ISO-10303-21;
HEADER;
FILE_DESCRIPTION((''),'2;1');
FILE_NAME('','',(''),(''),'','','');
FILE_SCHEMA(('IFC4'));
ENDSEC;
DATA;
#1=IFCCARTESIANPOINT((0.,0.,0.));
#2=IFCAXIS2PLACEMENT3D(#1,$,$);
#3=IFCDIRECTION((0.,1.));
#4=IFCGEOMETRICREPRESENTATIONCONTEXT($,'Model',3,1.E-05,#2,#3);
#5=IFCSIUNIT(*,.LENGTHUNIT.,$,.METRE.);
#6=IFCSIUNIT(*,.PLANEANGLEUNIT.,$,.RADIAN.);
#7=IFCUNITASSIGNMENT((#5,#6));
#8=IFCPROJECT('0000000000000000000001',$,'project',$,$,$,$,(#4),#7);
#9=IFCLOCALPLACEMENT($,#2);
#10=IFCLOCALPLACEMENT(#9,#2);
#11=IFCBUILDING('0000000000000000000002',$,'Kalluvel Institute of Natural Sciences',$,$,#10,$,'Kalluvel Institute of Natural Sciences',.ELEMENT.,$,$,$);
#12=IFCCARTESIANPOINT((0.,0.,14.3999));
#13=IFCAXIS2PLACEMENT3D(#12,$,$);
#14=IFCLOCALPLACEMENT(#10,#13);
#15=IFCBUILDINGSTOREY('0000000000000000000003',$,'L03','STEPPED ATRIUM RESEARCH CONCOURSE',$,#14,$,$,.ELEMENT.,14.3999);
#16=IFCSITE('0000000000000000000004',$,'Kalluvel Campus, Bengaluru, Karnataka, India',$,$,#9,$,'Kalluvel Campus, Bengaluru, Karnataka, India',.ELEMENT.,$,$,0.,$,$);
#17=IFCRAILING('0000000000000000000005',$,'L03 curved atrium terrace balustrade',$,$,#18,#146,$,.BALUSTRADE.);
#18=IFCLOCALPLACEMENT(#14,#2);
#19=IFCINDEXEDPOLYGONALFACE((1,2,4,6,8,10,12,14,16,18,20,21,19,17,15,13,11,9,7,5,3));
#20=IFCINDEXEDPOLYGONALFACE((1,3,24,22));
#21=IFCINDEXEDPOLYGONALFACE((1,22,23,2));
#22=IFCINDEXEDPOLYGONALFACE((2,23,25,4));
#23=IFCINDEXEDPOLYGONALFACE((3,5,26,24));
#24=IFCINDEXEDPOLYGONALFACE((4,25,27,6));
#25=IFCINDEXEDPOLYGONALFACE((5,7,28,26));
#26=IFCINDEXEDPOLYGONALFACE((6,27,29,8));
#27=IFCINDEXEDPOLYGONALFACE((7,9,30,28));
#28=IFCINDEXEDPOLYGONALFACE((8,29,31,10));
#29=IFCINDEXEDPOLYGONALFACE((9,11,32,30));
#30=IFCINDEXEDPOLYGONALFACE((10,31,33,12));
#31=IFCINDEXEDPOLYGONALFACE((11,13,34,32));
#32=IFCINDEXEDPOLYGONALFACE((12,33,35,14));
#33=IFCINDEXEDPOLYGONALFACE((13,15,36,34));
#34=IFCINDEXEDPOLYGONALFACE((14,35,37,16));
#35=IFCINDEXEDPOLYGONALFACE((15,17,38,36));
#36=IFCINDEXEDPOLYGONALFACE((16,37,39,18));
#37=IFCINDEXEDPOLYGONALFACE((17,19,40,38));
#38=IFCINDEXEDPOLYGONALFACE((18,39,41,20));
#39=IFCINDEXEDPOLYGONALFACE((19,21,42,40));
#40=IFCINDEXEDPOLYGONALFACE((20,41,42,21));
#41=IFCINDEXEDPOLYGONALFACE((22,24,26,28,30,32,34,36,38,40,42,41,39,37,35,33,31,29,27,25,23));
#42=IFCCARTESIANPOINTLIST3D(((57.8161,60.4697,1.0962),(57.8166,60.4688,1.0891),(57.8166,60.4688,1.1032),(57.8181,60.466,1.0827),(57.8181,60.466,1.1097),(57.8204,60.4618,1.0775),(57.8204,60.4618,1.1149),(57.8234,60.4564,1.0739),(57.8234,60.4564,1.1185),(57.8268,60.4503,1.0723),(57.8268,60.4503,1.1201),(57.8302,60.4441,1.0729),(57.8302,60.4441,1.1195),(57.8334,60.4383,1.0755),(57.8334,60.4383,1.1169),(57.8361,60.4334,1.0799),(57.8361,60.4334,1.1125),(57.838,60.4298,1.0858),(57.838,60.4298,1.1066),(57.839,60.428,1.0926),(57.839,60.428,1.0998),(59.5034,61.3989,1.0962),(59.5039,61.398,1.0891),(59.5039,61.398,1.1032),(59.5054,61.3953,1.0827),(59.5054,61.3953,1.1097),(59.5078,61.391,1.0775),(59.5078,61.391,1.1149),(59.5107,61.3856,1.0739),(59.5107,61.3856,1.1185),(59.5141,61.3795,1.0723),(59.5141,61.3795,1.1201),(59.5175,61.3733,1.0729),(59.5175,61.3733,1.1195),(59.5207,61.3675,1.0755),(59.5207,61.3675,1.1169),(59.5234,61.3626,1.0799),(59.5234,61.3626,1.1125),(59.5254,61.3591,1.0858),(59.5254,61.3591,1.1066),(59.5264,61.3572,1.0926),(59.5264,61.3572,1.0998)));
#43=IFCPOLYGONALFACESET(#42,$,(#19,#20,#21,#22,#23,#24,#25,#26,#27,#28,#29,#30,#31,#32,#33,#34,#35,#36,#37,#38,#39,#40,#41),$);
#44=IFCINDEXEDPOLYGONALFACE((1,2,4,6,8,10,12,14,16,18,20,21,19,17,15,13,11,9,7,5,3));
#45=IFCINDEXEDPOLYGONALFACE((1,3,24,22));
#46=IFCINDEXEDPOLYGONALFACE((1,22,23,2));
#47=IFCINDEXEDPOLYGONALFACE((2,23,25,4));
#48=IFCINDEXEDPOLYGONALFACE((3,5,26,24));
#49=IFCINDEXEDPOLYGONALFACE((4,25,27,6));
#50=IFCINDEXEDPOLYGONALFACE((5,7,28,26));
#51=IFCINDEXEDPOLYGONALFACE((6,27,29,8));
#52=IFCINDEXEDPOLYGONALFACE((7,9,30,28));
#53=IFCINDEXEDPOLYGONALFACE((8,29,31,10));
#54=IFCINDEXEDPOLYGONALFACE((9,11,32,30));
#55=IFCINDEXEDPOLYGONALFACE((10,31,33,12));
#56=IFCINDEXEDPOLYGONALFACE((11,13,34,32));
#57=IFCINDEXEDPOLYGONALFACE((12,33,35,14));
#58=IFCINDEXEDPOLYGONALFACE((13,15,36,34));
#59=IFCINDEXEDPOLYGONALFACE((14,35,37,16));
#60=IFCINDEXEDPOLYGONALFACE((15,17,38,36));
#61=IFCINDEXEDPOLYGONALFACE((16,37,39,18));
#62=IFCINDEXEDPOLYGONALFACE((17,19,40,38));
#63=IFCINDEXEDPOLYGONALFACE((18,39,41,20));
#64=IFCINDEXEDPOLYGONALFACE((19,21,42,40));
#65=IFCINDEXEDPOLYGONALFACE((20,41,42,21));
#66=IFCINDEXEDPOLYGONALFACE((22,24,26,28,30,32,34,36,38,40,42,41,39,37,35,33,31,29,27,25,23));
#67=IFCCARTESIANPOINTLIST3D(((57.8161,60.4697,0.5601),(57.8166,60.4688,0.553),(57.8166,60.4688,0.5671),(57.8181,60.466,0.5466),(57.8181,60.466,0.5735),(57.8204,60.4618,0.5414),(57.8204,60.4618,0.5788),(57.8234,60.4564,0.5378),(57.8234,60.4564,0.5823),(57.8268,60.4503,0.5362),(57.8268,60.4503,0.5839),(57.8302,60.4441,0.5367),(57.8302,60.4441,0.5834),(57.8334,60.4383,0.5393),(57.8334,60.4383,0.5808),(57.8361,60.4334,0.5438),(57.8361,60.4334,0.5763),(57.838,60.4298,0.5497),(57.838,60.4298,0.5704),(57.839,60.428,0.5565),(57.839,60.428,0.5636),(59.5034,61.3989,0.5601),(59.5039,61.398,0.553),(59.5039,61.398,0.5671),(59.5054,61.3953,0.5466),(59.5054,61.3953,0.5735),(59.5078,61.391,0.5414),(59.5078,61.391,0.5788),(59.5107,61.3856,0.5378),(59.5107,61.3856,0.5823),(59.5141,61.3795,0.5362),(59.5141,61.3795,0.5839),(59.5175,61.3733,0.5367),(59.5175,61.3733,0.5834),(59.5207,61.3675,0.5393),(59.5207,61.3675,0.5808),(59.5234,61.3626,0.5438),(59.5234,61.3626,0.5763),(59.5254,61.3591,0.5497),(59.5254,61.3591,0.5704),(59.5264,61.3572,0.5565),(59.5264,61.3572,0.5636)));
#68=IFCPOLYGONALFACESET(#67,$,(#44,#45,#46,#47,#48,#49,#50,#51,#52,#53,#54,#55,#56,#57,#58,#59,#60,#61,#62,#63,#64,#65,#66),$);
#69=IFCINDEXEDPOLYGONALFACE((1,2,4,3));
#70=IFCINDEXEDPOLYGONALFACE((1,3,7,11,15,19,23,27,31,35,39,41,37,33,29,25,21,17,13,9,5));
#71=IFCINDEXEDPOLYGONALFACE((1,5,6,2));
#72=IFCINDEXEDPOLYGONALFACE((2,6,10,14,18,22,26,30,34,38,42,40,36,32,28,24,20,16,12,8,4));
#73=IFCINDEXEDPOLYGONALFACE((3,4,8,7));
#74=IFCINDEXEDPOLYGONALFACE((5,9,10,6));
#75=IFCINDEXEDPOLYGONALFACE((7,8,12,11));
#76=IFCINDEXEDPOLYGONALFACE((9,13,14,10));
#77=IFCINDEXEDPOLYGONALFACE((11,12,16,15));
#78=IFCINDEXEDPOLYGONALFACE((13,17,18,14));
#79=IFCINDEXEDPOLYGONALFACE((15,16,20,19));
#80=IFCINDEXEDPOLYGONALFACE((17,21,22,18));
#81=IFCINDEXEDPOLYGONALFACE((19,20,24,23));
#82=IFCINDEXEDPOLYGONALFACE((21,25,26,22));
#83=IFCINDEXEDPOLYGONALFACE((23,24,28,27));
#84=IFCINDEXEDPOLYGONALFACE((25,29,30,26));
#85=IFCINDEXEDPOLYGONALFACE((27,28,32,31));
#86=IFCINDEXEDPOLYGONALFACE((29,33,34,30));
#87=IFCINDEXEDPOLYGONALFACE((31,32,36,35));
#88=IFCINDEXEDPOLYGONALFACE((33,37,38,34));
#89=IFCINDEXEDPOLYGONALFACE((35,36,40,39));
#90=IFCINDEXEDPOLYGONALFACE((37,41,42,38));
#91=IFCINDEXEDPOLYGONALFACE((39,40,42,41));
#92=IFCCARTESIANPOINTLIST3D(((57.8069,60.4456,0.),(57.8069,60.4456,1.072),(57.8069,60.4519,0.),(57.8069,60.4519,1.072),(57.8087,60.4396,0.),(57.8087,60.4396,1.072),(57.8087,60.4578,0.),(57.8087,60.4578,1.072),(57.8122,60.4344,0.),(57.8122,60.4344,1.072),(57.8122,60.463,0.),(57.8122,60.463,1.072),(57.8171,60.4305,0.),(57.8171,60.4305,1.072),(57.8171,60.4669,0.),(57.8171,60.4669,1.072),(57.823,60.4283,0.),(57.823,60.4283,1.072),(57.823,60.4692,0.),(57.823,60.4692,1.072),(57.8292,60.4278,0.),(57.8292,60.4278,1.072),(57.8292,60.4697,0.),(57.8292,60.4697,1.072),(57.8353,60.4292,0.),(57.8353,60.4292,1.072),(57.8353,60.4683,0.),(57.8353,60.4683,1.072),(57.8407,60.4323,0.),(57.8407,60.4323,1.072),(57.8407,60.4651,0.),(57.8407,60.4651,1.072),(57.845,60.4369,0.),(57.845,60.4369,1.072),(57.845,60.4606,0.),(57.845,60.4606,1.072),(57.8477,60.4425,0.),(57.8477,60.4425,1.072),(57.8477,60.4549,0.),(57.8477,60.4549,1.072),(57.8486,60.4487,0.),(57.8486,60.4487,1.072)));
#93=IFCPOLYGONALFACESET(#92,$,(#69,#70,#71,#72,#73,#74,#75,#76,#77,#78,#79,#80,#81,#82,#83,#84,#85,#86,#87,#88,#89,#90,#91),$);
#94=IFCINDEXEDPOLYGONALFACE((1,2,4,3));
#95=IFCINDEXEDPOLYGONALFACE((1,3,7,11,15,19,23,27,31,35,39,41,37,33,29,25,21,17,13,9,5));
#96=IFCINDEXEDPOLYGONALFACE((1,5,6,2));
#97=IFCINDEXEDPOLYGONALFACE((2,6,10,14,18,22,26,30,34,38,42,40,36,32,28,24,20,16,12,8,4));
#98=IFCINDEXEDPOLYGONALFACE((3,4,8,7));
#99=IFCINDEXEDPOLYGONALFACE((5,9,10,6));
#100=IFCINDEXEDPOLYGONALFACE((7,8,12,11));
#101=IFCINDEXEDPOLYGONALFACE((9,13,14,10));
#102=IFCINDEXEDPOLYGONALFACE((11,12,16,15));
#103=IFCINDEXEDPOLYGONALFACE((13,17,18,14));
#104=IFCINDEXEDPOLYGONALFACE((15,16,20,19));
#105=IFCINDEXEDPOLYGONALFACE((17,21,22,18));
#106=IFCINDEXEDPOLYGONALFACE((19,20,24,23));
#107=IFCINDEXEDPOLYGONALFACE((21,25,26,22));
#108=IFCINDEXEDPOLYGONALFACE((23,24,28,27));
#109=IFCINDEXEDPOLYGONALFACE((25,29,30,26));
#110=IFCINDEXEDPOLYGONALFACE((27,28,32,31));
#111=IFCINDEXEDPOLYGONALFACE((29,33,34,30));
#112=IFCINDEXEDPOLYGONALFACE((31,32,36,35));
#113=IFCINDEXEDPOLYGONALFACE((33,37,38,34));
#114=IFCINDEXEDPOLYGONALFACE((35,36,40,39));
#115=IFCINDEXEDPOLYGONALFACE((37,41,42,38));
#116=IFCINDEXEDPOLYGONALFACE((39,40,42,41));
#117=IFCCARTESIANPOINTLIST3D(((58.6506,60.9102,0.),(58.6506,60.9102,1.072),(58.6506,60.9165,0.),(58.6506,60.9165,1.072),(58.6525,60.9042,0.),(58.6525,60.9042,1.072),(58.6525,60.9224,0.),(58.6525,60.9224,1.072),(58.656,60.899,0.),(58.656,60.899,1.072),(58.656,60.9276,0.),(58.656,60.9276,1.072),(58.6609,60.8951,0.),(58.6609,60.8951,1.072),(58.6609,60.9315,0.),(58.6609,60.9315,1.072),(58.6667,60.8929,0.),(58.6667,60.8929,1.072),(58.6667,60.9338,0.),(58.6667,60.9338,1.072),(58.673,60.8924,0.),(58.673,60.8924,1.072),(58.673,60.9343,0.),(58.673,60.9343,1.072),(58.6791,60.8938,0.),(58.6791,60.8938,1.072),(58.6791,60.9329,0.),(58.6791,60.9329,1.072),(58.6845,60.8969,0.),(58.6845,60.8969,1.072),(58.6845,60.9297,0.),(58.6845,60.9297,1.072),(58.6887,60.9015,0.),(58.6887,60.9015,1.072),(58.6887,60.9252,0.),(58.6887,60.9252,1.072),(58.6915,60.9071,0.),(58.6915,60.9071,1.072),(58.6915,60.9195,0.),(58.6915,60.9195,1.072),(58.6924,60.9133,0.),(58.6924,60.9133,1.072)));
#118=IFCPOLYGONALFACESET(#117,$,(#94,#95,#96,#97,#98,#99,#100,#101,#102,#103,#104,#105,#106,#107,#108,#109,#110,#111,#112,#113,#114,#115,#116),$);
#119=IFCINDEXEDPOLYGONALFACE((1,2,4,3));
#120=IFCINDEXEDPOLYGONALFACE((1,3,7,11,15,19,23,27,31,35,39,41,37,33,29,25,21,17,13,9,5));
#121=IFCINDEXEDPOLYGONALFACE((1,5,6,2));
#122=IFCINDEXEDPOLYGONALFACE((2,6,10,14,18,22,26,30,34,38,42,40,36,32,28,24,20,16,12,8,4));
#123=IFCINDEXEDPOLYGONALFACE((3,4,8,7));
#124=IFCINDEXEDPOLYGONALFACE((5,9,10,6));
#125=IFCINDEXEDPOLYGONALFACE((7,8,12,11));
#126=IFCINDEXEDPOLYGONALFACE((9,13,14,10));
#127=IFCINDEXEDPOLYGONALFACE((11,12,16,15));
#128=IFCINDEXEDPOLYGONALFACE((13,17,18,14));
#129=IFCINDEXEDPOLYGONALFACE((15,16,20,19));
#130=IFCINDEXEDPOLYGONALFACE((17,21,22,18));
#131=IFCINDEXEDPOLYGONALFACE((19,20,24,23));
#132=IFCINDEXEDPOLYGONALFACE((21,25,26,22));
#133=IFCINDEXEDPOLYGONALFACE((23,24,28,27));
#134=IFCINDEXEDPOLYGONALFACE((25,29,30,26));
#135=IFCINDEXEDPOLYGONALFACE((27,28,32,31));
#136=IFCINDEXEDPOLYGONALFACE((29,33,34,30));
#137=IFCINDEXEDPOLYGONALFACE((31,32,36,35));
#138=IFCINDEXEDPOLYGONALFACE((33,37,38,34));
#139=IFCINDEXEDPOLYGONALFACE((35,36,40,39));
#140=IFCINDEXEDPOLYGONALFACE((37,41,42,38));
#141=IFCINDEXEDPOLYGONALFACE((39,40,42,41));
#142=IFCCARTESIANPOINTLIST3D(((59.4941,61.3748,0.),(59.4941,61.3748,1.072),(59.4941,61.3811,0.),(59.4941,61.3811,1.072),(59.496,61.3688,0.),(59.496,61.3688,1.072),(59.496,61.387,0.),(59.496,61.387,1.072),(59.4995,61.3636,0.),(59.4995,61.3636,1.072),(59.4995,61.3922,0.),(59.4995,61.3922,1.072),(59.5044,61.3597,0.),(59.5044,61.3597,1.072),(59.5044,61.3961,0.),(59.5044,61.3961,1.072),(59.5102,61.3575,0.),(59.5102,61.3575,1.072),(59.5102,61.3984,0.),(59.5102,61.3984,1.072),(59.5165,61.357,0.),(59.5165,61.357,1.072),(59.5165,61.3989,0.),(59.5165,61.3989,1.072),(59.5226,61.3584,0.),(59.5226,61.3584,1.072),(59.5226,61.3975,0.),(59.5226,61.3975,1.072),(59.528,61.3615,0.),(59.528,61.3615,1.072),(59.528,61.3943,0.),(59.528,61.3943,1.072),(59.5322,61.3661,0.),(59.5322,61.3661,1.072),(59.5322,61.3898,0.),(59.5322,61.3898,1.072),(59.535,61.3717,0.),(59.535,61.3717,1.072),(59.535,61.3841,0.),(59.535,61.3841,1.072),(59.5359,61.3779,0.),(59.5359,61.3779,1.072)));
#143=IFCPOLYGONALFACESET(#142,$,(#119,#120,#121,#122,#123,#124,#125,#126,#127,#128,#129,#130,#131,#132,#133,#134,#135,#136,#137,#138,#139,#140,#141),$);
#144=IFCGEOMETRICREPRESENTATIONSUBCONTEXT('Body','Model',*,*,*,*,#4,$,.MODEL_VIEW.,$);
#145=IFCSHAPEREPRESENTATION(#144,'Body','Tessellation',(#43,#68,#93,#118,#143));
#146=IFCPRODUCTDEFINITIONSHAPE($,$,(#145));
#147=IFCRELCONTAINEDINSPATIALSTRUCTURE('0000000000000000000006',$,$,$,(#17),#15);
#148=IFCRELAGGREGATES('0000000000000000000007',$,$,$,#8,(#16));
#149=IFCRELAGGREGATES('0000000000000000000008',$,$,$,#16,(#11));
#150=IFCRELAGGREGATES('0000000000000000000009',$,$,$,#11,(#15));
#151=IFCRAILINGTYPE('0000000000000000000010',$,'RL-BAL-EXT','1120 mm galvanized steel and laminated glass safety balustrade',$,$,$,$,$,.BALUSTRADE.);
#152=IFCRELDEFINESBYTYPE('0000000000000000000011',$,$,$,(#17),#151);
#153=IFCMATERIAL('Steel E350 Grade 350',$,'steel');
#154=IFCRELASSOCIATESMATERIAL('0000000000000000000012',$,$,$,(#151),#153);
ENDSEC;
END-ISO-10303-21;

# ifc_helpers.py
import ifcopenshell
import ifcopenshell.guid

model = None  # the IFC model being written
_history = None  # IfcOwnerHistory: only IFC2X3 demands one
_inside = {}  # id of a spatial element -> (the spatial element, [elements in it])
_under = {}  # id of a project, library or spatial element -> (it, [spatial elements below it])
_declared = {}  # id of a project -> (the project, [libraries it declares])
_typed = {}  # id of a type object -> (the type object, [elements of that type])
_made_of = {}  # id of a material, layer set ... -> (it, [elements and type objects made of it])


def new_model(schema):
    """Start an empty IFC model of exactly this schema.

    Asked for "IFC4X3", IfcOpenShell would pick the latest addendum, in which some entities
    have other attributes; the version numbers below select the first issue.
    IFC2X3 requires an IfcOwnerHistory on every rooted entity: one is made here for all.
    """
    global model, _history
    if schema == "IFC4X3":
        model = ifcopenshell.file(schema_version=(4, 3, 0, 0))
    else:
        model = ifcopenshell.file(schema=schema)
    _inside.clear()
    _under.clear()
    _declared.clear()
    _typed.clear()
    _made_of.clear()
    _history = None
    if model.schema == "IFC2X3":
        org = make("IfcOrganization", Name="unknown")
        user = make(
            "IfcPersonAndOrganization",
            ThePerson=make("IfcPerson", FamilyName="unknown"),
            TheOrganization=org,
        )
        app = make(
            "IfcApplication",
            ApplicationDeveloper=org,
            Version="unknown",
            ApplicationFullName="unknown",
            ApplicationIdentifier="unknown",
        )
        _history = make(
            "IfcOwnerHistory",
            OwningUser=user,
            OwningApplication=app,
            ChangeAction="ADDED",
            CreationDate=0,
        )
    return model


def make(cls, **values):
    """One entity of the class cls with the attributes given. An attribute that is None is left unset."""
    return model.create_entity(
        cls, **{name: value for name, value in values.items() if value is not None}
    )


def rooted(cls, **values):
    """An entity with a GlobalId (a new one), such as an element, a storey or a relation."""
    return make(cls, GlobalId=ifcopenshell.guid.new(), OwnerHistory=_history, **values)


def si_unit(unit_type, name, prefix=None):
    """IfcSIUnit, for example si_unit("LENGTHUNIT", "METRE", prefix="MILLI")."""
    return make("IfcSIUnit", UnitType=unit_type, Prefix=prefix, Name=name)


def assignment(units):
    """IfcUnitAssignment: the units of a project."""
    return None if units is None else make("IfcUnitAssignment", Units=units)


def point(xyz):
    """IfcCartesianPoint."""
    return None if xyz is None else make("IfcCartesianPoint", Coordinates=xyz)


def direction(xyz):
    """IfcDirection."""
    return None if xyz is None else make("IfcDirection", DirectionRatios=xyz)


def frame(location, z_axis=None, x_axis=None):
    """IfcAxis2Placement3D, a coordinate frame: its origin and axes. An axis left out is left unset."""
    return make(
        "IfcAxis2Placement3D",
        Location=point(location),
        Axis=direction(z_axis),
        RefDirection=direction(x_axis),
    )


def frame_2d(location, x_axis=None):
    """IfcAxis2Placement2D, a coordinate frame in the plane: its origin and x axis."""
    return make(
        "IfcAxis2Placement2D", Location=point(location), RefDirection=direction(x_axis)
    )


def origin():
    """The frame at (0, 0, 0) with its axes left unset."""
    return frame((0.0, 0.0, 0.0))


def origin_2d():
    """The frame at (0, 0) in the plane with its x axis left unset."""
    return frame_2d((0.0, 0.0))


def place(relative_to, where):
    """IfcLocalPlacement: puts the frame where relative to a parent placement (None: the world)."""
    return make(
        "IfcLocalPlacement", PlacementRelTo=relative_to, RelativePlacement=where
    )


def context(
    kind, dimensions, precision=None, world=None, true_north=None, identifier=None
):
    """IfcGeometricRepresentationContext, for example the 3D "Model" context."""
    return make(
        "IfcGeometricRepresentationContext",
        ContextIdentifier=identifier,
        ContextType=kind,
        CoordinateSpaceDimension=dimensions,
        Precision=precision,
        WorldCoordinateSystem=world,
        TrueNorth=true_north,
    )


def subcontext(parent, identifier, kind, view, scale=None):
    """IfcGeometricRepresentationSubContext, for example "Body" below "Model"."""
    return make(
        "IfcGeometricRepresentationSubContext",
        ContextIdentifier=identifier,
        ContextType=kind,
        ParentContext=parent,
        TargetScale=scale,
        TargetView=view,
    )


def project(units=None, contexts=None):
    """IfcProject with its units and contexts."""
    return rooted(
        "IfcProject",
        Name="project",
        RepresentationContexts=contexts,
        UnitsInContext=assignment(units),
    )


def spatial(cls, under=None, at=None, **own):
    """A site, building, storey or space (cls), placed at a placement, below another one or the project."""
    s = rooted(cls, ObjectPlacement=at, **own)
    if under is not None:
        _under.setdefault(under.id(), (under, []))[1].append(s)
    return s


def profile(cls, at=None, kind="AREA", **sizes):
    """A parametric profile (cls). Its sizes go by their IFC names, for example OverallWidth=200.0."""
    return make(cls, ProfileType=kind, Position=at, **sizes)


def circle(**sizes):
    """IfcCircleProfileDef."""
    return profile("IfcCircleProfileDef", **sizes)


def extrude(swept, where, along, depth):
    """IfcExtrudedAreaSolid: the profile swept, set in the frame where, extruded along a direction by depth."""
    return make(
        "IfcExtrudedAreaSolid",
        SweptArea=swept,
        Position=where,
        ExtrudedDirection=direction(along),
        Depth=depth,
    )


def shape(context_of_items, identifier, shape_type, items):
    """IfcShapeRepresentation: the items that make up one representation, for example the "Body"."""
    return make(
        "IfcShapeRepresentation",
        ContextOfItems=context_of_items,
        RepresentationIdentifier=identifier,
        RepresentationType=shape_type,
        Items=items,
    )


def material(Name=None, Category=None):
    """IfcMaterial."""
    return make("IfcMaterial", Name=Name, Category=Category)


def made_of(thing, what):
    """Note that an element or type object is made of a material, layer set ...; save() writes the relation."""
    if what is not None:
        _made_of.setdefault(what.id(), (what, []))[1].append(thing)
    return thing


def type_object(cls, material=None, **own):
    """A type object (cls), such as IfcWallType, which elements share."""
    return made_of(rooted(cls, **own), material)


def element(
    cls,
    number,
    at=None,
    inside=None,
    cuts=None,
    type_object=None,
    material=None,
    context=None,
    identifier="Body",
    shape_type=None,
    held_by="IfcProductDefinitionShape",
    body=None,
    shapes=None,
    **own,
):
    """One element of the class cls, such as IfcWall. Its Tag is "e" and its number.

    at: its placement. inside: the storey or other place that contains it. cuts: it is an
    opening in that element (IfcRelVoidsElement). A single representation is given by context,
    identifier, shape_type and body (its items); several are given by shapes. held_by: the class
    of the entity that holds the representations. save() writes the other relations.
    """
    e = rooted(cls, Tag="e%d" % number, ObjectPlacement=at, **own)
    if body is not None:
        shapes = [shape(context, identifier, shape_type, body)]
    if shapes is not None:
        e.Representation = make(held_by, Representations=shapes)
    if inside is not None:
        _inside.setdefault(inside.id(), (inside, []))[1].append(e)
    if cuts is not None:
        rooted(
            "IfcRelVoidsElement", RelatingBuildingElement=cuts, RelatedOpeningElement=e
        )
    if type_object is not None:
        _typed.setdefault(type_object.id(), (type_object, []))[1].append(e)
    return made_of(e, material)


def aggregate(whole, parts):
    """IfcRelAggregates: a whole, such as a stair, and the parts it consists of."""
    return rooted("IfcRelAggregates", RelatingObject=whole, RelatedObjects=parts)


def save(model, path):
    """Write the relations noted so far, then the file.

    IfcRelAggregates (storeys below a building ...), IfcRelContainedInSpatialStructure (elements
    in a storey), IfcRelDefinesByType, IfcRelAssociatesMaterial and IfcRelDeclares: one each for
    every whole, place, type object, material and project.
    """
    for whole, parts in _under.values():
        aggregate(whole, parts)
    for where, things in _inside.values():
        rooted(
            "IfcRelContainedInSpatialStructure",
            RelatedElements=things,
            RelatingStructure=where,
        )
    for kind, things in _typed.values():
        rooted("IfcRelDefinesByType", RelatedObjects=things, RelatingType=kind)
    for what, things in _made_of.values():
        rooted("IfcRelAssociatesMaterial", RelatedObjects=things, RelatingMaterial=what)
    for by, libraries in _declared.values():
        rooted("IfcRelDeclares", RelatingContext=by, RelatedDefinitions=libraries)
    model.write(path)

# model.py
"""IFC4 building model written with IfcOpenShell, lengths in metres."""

from ifc_helpers import new_model, si_unit, direction, frame, origin, origin_2d, place, context, subcontext, project, spatial, circle, extrude, material, type_object, element, save


model = new_model("IFC4")

# Units and contexts
model_context = context("Model", 3, precision=1e-05, world=origin(), true_north=direction((0.0, 1.0)))
body_context = subcontext(model_context, "Body", "Model", "MODEL_VIEW")
ifc_project = project(units=[si_unit("LENGTHUNIT", "METRE"), si_unit("PLANEANGLEUNIT", "RADIAN")], contexts=[model_context])

# Site, building, storey
site_placement = place(None, origin())
site = spatial("IfcSite", under=ifc_project, at=site_placement, Name="Kalluvel Campus, Bengaluru, Karnataka, India", LongName="Kalluvel Campus, Bengaluru, Karnataka, India", CompositionType="ELEMENT", RefElevation=0.0)
building_placement = place(site_placement, origin())
building = spatial("IfcBuilding", under=site, at=building_placement, Name="Kalluvel Institute of Natural Sciences", LongName="Kalluvel Institute of Natural Sciences", CompositionType="ELEMENT")
storey_placement = place(building_placement, frame((0.0, 0.0, 14.3999)))
storey = spatial("IfcBuildingStorey", under=building, at=storey_placement, Name="L03", Description="STEPPED ATRIUM RESEARCH CONCOURSE", CompositionType="ELEMENT", Elevation=14.3999)

# Railing
ifc_material_1 = material(Name="Steel E350 Grade 350", Category="steel")
railing_type = type_object("IfcRailingType", Name="RL-BAL-EXT", Description="1120 mm galvanized steel and laminated glass safety balustrade", PredefinedType="BALUSTRADE", material=ifc_material_1)
railing_1_placement = place(storey_placement, frame((57.8276, 60.4487, 0.0)))
element("IfcRailing", 1, at=railing_1_placement, inside=storey, type_object=railing_type, Name="L03 curved atrium terrace balustrade", PredefinedType="BALUSTRADE", context=body_context, shape_type="SweptSolid", body=[
    extrude(circle(Radius=0.0239, at=origin_2d()), frame((0.0, 0.0, 1.0962), z_axis=(0.875951, 0.4824, 0.0), x_axis=(-0.4824, 0.875951, 0.0)), (0.0, 0.0, 1.0), 1.9263),
    extrude(circle(Radius=0.0239, at=origin_2d()), frame((0.0, 0.0, 0.5601), z_axis=(0.875951, 0.4824, 0.0), x_axis=(-0.4824, 0.875951, 0.0)), (0.0, 0.0, 1.0), 1.9263),
    extrude(circle(Radius=0.021, at=origin_2d()), origin(), (0.0, 0.0, 1.0), 1.072),
    extrude(circle(Radius=0.021, at=origin_2d()), frame((0.8438, 0.4646, 0.0)), (0.0, 0.0, 1.0), 1.072),
    extrude(circle(Radius=0.021, at=origin_2d()), frame((1.6873, 0.9292, 0.0)), (0.0, 0.0, 1.0), 1.072),
])

save(model, "model.ifc")
